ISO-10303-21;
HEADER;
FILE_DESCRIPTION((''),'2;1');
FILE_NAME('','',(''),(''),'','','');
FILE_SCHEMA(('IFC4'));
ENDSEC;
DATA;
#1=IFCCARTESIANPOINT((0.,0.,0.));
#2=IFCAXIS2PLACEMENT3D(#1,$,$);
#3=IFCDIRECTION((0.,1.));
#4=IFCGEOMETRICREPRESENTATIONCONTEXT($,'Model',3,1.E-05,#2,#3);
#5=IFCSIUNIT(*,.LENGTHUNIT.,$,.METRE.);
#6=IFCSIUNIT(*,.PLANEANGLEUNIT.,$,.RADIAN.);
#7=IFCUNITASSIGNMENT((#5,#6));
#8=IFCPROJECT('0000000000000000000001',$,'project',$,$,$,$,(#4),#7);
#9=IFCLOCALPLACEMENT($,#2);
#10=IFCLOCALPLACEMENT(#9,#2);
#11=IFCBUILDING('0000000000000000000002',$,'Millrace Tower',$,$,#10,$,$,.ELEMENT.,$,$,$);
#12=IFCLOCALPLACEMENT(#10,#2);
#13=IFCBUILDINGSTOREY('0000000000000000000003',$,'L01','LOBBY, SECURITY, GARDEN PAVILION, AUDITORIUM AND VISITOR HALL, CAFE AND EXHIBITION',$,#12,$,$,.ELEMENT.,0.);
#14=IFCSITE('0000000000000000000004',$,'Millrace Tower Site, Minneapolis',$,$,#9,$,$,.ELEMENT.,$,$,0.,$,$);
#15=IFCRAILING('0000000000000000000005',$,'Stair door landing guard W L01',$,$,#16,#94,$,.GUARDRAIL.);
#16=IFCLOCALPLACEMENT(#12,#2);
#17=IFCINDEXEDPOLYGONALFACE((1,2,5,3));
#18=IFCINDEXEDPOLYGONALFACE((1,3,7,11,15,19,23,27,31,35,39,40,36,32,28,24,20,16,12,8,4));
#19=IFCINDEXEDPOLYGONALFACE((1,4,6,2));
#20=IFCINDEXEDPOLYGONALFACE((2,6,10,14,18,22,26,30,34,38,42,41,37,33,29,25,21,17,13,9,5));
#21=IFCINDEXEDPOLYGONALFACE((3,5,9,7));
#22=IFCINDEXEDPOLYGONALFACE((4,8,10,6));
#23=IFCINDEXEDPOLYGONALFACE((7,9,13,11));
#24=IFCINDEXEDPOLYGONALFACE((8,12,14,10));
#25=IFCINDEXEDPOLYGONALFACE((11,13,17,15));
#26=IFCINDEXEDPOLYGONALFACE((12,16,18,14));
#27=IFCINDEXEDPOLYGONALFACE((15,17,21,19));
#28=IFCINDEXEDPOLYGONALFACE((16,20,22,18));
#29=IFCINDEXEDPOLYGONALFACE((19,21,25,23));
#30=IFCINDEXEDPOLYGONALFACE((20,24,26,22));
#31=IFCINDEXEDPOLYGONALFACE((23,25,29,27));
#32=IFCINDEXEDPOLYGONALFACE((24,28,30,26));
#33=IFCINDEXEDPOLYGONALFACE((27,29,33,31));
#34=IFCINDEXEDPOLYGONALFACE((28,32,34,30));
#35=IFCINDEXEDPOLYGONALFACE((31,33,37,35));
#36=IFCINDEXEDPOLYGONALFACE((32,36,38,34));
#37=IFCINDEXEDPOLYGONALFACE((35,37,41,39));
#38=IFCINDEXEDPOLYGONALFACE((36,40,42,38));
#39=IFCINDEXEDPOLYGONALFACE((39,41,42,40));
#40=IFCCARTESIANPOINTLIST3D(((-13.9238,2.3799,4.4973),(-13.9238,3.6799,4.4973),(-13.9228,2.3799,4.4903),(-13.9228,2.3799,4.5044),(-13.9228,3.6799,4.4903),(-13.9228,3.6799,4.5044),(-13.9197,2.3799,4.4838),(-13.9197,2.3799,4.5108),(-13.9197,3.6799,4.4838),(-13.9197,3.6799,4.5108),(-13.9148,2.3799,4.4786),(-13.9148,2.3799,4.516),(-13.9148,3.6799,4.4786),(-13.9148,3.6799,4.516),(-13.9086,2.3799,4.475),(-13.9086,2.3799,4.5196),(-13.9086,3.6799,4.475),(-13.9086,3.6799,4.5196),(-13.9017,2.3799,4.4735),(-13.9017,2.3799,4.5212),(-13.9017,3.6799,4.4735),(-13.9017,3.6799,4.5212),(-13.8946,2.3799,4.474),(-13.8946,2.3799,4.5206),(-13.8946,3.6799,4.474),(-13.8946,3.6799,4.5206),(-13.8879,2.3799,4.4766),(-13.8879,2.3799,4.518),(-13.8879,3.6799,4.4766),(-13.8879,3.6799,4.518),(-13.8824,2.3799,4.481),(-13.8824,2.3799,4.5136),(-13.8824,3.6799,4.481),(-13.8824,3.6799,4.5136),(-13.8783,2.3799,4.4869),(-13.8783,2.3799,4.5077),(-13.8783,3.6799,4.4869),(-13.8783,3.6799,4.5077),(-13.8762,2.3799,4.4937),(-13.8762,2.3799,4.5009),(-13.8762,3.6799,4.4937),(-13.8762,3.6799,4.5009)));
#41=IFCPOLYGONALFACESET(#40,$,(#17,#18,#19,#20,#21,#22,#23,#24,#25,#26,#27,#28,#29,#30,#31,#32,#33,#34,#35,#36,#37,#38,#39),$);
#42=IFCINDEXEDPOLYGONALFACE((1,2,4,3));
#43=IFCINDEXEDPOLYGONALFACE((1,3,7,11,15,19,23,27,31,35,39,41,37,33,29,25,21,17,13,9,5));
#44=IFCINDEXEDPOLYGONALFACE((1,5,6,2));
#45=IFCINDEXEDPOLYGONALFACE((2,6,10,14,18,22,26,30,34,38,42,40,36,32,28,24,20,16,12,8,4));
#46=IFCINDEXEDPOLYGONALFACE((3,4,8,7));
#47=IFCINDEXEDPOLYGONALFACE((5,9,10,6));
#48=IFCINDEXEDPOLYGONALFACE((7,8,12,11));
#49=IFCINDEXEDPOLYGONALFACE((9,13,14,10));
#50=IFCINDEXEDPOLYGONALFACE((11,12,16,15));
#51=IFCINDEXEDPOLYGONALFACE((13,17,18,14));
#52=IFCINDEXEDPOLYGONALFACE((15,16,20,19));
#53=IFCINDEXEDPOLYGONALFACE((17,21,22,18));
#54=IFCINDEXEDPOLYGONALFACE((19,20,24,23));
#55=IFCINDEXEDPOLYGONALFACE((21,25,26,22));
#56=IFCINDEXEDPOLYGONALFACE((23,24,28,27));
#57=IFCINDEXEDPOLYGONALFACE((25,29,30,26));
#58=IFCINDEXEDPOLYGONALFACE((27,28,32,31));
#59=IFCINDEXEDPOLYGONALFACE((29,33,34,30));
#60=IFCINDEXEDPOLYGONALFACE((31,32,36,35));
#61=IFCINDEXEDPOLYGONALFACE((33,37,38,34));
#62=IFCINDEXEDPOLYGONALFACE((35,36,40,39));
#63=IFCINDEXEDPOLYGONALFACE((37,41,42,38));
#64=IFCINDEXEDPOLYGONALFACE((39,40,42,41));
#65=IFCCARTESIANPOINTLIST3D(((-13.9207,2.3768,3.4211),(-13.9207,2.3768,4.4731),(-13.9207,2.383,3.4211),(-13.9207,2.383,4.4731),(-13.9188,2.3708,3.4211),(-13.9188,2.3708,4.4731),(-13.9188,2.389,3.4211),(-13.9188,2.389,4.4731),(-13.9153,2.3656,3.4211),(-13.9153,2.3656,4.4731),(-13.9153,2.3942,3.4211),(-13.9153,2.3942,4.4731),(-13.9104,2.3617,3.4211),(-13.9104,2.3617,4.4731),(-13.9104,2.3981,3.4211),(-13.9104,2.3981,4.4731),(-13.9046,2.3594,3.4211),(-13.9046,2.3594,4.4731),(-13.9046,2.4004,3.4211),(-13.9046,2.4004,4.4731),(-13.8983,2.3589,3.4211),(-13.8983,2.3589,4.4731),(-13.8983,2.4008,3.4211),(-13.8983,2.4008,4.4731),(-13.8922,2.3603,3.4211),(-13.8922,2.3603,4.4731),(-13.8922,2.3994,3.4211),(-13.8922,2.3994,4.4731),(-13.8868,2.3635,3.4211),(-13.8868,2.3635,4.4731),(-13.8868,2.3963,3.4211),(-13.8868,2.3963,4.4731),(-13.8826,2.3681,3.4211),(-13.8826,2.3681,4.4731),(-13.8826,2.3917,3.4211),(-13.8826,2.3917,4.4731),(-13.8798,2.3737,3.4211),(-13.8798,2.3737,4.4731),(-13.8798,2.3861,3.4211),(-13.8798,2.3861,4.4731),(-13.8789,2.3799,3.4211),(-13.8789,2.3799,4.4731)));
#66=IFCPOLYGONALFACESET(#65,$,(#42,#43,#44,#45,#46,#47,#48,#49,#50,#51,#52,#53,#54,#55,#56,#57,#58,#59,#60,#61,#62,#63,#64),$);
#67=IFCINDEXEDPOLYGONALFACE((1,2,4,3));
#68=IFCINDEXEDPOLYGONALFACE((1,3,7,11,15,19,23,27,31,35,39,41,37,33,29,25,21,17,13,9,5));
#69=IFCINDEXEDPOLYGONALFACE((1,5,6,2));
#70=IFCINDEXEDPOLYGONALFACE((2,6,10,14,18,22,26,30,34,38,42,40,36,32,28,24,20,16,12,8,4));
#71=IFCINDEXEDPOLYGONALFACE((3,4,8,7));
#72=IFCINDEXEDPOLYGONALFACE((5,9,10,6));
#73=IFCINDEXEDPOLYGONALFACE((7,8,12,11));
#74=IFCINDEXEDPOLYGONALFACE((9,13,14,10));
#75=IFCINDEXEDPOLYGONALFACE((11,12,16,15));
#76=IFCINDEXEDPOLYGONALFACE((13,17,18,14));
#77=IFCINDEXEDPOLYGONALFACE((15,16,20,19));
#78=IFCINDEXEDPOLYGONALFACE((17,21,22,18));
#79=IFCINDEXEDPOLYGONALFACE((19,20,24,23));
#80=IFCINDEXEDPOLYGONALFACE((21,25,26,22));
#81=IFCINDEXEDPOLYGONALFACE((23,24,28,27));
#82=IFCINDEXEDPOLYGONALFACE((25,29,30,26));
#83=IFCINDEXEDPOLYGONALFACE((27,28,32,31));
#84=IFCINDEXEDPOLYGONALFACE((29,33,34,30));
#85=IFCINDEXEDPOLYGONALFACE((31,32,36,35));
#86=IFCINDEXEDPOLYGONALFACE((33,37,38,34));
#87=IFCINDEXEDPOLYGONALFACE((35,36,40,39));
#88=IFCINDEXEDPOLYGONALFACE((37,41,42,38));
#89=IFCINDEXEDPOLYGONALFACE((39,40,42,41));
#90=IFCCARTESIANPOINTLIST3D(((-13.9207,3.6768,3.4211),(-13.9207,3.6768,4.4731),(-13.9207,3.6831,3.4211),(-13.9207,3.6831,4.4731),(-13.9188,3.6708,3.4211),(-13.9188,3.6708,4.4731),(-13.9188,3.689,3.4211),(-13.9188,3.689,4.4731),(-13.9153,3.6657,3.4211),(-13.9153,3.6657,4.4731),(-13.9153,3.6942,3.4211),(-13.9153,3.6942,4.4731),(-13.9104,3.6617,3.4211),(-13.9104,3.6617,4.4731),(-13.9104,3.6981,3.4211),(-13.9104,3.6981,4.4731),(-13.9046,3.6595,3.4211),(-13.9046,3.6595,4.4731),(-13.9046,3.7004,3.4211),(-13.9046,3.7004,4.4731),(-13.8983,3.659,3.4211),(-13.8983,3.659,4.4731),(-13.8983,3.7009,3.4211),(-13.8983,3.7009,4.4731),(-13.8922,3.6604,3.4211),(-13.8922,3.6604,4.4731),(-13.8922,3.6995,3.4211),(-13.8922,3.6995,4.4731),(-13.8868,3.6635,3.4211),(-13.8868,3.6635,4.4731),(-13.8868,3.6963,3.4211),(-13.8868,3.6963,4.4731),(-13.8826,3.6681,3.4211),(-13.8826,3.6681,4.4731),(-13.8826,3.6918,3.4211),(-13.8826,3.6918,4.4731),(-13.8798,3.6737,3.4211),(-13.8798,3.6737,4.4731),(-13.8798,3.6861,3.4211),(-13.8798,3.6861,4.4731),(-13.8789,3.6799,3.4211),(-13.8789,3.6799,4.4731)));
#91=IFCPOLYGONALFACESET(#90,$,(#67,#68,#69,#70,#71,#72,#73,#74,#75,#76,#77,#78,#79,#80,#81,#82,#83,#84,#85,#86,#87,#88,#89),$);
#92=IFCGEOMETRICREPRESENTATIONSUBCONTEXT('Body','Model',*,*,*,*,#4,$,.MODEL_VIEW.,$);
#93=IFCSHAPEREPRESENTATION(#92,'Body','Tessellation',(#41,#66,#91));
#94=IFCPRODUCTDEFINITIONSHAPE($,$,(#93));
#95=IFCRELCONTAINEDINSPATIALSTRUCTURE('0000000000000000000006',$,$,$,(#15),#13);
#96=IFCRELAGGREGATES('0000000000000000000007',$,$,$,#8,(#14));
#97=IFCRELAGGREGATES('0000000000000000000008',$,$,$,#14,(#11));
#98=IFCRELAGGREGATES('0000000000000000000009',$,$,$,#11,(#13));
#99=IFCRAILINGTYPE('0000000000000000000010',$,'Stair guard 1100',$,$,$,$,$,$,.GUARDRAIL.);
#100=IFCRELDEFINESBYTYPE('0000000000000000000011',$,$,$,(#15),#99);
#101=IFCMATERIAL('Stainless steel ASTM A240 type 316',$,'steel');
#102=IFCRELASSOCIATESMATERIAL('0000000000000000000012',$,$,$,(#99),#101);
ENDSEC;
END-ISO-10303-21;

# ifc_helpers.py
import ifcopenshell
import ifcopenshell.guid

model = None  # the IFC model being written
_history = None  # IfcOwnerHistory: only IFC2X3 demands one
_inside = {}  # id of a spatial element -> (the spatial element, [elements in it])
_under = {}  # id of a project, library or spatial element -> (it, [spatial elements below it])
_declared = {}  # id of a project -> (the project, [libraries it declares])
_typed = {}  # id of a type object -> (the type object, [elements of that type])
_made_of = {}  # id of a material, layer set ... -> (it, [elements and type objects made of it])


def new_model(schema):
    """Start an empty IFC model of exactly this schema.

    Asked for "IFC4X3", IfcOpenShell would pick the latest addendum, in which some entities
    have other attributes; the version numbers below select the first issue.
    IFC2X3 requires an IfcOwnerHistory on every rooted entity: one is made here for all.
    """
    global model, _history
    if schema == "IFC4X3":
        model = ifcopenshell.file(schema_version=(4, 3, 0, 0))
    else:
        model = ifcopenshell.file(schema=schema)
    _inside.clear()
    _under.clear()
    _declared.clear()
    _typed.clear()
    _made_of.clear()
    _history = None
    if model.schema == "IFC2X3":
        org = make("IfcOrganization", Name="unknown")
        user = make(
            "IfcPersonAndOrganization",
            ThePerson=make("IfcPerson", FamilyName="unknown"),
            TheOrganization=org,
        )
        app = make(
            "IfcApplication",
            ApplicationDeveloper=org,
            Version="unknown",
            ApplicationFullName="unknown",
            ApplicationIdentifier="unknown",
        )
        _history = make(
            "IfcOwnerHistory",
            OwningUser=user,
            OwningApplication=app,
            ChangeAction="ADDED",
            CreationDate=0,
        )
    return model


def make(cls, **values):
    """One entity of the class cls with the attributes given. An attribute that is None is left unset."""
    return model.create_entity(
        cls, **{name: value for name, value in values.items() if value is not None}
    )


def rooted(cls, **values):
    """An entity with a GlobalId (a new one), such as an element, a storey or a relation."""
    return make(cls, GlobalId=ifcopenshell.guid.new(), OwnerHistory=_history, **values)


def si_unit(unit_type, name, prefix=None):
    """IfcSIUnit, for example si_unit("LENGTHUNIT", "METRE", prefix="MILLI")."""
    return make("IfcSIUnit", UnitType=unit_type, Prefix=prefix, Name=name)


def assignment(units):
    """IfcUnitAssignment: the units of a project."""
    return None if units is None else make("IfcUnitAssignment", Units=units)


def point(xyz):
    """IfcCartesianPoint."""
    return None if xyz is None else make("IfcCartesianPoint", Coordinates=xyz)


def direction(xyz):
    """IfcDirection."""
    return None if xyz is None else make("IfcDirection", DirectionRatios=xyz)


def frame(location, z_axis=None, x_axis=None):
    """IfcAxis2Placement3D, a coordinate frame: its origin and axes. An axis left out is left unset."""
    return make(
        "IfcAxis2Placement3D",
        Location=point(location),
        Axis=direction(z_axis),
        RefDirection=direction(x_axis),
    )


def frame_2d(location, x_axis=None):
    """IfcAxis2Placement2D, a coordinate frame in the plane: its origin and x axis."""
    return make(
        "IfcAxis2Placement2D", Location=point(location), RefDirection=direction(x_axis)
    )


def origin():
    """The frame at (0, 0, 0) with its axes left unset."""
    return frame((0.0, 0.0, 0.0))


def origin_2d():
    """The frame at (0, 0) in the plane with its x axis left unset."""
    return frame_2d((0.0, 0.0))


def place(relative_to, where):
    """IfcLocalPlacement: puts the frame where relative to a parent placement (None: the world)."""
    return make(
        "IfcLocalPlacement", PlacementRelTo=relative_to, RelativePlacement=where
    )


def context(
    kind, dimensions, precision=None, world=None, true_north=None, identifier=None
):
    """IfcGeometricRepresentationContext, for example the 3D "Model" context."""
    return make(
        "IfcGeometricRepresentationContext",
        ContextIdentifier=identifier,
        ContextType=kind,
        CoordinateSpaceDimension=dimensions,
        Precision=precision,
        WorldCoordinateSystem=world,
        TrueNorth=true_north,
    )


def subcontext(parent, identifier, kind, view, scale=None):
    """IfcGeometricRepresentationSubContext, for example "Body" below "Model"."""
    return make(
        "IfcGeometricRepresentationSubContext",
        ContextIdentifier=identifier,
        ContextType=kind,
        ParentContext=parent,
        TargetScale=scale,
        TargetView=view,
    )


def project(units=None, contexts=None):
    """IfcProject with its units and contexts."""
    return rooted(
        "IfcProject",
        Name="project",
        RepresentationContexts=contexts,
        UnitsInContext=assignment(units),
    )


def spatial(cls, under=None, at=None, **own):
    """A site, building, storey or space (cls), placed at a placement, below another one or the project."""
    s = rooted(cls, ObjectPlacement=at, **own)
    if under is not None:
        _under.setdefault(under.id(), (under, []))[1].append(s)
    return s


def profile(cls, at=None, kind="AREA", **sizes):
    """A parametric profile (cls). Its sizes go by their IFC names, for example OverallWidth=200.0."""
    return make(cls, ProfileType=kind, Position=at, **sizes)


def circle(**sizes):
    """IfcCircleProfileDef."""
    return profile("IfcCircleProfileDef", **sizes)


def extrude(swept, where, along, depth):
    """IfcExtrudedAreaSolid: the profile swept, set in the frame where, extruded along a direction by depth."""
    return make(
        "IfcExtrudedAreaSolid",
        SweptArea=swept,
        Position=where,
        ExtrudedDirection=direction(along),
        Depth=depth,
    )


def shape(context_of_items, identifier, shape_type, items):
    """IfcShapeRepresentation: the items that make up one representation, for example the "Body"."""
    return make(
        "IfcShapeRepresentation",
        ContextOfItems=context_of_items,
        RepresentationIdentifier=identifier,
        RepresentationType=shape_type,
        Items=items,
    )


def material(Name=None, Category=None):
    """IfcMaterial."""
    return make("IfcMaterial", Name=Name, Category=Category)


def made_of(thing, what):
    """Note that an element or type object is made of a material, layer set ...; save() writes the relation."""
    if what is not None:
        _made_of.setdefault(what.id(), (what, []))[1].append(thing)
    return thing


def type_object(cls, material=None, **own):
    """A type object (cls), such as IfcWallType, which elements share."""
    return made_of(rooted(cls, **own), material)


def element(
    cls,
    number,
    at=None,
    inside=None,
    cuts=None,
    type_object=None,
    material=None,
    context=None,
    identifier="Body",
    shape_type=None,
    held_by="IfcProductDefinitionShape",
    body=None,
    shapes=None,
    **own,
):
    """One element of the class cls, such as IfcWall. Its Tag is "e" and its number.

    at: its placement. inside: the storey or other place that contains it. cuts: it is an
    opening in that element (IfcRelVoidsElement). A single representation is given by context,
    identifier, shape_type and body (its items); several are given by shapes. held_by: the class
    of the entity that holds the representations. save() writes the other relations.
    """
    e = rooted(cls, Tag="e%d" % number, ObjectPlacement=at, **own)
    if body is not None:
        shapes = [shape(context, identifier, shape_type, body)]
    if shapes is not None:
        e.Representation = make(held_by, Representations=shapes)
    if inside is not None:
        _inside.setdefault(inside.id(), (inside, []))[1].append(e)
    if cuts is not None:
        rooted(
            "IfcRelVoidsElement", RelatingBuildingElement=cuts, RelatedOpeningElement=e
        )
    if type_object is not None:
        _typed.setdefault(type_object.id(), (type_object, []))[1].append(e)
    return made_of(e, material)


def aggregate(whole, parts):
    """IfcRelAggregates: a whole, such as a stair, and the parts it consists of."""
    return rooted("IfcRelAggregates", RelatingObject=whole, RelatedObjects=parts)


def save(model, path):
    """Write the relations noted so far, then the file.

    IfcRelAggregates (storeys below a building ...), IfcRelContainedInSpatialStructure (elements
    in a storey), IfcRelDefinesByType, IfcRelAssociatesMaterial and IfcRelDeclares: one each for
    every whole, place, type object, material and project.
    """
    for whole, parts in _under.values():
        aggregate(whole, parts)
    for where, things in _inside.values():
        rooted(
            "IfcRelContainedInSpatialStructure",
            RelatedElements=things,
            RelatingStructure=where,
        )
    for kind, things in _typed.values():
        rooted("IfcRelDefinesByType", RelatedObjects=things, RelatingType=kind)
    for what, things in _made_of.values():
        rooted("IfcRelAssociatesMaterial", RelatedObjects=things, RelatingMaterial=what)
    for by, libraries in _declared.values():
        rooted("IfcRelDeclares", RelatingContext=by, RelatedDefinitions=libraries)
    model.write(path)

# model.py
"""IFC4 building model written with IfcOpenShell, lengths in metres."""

from ifc_helpers import new_model, si_unit, direction, frame, origin, origin_2d, place, context, subcontext, project, spatial, circle, extrude, material, type_object, element, save


model = new_model("IFC4")

# Units and contexts
model_context = context("Model", 3, precision=1e-05, world=origin(), true_north=direction((0.0, 1.0)))
body_context = subcontext(model_context, "Body", "Model", "MODEL_VIEW")
ifc_project = project(units=[si_unit("LENGTHUNIT", "METRE"), si_unit("PLANEANGLEUNIT", "RADIAN")], contexts=[model_context])

# Site, building, storey
site_placement = place(None, origin())
site = spatial("IfcSite", under=ifc_project, at=site_placement, Name="Millrace Tower Site, Minneapolis", CompositionType="ELEMENT", RefElevation=0.0)
building_placement = place(site_placement, origin())
building = spatial("IfcBuilding", under=site, at=building_placement, Name="Millrace Tower", CompositionType="ELEMENT")
storey_placement = place(building_placement, origin())
storey = spatial("IfcBuildingStorey", under=building, at=storey_placement, Name="L01", Description="LOBBY, SECURITY, GARDEN PAVILION, AUDITORIUM AND VISITOR HALL, CAFE AND EXHIBITION", CompositionType="ELEMENT", Elevation=0.0)

# Railing
ifc_material_1 = material(Name="Stainless steel ASTM A240 type 316", Category="steel")
railing_type_1 = type_object("IfcRailingType", Name="Stair guard 1100", PredefinedType="GUARDRAIL", material=ifc_material_1)
railing_1_placement = place(storey_placement, frame((-13.8999, 2.3799, 3.4211)))
element("IfcRailing", 1, at=railing_1_placement, inside=storey, type_object=railing_type_1, Name="Stair door landing guard W L01", PredefinedType="GUARDRAIL", context=body_context, shape_type="SweptSolid", body=[
    extrude(circle(Radius=0.0239, at=origin_2d()), frame((0.0, 0.0, 1.0762), z_axis=(0.0, 1.0, 0.0), x_axis=(-1.0, 0.0, 0.0)), (0.0, 0.0, 1.0), 1.3),
    extrude(circle(Radius=0.021, at=origin_2d()), origin(), (0.0, 0.0, 1.0), 1.052),
    extrude(circle(Radius=0.021, at=origin_2d()), frame((0.0, 1.3, 0.0)), (0.0, 0.0, 1.0), 1.052),
])

save(model, "model.ifc")
